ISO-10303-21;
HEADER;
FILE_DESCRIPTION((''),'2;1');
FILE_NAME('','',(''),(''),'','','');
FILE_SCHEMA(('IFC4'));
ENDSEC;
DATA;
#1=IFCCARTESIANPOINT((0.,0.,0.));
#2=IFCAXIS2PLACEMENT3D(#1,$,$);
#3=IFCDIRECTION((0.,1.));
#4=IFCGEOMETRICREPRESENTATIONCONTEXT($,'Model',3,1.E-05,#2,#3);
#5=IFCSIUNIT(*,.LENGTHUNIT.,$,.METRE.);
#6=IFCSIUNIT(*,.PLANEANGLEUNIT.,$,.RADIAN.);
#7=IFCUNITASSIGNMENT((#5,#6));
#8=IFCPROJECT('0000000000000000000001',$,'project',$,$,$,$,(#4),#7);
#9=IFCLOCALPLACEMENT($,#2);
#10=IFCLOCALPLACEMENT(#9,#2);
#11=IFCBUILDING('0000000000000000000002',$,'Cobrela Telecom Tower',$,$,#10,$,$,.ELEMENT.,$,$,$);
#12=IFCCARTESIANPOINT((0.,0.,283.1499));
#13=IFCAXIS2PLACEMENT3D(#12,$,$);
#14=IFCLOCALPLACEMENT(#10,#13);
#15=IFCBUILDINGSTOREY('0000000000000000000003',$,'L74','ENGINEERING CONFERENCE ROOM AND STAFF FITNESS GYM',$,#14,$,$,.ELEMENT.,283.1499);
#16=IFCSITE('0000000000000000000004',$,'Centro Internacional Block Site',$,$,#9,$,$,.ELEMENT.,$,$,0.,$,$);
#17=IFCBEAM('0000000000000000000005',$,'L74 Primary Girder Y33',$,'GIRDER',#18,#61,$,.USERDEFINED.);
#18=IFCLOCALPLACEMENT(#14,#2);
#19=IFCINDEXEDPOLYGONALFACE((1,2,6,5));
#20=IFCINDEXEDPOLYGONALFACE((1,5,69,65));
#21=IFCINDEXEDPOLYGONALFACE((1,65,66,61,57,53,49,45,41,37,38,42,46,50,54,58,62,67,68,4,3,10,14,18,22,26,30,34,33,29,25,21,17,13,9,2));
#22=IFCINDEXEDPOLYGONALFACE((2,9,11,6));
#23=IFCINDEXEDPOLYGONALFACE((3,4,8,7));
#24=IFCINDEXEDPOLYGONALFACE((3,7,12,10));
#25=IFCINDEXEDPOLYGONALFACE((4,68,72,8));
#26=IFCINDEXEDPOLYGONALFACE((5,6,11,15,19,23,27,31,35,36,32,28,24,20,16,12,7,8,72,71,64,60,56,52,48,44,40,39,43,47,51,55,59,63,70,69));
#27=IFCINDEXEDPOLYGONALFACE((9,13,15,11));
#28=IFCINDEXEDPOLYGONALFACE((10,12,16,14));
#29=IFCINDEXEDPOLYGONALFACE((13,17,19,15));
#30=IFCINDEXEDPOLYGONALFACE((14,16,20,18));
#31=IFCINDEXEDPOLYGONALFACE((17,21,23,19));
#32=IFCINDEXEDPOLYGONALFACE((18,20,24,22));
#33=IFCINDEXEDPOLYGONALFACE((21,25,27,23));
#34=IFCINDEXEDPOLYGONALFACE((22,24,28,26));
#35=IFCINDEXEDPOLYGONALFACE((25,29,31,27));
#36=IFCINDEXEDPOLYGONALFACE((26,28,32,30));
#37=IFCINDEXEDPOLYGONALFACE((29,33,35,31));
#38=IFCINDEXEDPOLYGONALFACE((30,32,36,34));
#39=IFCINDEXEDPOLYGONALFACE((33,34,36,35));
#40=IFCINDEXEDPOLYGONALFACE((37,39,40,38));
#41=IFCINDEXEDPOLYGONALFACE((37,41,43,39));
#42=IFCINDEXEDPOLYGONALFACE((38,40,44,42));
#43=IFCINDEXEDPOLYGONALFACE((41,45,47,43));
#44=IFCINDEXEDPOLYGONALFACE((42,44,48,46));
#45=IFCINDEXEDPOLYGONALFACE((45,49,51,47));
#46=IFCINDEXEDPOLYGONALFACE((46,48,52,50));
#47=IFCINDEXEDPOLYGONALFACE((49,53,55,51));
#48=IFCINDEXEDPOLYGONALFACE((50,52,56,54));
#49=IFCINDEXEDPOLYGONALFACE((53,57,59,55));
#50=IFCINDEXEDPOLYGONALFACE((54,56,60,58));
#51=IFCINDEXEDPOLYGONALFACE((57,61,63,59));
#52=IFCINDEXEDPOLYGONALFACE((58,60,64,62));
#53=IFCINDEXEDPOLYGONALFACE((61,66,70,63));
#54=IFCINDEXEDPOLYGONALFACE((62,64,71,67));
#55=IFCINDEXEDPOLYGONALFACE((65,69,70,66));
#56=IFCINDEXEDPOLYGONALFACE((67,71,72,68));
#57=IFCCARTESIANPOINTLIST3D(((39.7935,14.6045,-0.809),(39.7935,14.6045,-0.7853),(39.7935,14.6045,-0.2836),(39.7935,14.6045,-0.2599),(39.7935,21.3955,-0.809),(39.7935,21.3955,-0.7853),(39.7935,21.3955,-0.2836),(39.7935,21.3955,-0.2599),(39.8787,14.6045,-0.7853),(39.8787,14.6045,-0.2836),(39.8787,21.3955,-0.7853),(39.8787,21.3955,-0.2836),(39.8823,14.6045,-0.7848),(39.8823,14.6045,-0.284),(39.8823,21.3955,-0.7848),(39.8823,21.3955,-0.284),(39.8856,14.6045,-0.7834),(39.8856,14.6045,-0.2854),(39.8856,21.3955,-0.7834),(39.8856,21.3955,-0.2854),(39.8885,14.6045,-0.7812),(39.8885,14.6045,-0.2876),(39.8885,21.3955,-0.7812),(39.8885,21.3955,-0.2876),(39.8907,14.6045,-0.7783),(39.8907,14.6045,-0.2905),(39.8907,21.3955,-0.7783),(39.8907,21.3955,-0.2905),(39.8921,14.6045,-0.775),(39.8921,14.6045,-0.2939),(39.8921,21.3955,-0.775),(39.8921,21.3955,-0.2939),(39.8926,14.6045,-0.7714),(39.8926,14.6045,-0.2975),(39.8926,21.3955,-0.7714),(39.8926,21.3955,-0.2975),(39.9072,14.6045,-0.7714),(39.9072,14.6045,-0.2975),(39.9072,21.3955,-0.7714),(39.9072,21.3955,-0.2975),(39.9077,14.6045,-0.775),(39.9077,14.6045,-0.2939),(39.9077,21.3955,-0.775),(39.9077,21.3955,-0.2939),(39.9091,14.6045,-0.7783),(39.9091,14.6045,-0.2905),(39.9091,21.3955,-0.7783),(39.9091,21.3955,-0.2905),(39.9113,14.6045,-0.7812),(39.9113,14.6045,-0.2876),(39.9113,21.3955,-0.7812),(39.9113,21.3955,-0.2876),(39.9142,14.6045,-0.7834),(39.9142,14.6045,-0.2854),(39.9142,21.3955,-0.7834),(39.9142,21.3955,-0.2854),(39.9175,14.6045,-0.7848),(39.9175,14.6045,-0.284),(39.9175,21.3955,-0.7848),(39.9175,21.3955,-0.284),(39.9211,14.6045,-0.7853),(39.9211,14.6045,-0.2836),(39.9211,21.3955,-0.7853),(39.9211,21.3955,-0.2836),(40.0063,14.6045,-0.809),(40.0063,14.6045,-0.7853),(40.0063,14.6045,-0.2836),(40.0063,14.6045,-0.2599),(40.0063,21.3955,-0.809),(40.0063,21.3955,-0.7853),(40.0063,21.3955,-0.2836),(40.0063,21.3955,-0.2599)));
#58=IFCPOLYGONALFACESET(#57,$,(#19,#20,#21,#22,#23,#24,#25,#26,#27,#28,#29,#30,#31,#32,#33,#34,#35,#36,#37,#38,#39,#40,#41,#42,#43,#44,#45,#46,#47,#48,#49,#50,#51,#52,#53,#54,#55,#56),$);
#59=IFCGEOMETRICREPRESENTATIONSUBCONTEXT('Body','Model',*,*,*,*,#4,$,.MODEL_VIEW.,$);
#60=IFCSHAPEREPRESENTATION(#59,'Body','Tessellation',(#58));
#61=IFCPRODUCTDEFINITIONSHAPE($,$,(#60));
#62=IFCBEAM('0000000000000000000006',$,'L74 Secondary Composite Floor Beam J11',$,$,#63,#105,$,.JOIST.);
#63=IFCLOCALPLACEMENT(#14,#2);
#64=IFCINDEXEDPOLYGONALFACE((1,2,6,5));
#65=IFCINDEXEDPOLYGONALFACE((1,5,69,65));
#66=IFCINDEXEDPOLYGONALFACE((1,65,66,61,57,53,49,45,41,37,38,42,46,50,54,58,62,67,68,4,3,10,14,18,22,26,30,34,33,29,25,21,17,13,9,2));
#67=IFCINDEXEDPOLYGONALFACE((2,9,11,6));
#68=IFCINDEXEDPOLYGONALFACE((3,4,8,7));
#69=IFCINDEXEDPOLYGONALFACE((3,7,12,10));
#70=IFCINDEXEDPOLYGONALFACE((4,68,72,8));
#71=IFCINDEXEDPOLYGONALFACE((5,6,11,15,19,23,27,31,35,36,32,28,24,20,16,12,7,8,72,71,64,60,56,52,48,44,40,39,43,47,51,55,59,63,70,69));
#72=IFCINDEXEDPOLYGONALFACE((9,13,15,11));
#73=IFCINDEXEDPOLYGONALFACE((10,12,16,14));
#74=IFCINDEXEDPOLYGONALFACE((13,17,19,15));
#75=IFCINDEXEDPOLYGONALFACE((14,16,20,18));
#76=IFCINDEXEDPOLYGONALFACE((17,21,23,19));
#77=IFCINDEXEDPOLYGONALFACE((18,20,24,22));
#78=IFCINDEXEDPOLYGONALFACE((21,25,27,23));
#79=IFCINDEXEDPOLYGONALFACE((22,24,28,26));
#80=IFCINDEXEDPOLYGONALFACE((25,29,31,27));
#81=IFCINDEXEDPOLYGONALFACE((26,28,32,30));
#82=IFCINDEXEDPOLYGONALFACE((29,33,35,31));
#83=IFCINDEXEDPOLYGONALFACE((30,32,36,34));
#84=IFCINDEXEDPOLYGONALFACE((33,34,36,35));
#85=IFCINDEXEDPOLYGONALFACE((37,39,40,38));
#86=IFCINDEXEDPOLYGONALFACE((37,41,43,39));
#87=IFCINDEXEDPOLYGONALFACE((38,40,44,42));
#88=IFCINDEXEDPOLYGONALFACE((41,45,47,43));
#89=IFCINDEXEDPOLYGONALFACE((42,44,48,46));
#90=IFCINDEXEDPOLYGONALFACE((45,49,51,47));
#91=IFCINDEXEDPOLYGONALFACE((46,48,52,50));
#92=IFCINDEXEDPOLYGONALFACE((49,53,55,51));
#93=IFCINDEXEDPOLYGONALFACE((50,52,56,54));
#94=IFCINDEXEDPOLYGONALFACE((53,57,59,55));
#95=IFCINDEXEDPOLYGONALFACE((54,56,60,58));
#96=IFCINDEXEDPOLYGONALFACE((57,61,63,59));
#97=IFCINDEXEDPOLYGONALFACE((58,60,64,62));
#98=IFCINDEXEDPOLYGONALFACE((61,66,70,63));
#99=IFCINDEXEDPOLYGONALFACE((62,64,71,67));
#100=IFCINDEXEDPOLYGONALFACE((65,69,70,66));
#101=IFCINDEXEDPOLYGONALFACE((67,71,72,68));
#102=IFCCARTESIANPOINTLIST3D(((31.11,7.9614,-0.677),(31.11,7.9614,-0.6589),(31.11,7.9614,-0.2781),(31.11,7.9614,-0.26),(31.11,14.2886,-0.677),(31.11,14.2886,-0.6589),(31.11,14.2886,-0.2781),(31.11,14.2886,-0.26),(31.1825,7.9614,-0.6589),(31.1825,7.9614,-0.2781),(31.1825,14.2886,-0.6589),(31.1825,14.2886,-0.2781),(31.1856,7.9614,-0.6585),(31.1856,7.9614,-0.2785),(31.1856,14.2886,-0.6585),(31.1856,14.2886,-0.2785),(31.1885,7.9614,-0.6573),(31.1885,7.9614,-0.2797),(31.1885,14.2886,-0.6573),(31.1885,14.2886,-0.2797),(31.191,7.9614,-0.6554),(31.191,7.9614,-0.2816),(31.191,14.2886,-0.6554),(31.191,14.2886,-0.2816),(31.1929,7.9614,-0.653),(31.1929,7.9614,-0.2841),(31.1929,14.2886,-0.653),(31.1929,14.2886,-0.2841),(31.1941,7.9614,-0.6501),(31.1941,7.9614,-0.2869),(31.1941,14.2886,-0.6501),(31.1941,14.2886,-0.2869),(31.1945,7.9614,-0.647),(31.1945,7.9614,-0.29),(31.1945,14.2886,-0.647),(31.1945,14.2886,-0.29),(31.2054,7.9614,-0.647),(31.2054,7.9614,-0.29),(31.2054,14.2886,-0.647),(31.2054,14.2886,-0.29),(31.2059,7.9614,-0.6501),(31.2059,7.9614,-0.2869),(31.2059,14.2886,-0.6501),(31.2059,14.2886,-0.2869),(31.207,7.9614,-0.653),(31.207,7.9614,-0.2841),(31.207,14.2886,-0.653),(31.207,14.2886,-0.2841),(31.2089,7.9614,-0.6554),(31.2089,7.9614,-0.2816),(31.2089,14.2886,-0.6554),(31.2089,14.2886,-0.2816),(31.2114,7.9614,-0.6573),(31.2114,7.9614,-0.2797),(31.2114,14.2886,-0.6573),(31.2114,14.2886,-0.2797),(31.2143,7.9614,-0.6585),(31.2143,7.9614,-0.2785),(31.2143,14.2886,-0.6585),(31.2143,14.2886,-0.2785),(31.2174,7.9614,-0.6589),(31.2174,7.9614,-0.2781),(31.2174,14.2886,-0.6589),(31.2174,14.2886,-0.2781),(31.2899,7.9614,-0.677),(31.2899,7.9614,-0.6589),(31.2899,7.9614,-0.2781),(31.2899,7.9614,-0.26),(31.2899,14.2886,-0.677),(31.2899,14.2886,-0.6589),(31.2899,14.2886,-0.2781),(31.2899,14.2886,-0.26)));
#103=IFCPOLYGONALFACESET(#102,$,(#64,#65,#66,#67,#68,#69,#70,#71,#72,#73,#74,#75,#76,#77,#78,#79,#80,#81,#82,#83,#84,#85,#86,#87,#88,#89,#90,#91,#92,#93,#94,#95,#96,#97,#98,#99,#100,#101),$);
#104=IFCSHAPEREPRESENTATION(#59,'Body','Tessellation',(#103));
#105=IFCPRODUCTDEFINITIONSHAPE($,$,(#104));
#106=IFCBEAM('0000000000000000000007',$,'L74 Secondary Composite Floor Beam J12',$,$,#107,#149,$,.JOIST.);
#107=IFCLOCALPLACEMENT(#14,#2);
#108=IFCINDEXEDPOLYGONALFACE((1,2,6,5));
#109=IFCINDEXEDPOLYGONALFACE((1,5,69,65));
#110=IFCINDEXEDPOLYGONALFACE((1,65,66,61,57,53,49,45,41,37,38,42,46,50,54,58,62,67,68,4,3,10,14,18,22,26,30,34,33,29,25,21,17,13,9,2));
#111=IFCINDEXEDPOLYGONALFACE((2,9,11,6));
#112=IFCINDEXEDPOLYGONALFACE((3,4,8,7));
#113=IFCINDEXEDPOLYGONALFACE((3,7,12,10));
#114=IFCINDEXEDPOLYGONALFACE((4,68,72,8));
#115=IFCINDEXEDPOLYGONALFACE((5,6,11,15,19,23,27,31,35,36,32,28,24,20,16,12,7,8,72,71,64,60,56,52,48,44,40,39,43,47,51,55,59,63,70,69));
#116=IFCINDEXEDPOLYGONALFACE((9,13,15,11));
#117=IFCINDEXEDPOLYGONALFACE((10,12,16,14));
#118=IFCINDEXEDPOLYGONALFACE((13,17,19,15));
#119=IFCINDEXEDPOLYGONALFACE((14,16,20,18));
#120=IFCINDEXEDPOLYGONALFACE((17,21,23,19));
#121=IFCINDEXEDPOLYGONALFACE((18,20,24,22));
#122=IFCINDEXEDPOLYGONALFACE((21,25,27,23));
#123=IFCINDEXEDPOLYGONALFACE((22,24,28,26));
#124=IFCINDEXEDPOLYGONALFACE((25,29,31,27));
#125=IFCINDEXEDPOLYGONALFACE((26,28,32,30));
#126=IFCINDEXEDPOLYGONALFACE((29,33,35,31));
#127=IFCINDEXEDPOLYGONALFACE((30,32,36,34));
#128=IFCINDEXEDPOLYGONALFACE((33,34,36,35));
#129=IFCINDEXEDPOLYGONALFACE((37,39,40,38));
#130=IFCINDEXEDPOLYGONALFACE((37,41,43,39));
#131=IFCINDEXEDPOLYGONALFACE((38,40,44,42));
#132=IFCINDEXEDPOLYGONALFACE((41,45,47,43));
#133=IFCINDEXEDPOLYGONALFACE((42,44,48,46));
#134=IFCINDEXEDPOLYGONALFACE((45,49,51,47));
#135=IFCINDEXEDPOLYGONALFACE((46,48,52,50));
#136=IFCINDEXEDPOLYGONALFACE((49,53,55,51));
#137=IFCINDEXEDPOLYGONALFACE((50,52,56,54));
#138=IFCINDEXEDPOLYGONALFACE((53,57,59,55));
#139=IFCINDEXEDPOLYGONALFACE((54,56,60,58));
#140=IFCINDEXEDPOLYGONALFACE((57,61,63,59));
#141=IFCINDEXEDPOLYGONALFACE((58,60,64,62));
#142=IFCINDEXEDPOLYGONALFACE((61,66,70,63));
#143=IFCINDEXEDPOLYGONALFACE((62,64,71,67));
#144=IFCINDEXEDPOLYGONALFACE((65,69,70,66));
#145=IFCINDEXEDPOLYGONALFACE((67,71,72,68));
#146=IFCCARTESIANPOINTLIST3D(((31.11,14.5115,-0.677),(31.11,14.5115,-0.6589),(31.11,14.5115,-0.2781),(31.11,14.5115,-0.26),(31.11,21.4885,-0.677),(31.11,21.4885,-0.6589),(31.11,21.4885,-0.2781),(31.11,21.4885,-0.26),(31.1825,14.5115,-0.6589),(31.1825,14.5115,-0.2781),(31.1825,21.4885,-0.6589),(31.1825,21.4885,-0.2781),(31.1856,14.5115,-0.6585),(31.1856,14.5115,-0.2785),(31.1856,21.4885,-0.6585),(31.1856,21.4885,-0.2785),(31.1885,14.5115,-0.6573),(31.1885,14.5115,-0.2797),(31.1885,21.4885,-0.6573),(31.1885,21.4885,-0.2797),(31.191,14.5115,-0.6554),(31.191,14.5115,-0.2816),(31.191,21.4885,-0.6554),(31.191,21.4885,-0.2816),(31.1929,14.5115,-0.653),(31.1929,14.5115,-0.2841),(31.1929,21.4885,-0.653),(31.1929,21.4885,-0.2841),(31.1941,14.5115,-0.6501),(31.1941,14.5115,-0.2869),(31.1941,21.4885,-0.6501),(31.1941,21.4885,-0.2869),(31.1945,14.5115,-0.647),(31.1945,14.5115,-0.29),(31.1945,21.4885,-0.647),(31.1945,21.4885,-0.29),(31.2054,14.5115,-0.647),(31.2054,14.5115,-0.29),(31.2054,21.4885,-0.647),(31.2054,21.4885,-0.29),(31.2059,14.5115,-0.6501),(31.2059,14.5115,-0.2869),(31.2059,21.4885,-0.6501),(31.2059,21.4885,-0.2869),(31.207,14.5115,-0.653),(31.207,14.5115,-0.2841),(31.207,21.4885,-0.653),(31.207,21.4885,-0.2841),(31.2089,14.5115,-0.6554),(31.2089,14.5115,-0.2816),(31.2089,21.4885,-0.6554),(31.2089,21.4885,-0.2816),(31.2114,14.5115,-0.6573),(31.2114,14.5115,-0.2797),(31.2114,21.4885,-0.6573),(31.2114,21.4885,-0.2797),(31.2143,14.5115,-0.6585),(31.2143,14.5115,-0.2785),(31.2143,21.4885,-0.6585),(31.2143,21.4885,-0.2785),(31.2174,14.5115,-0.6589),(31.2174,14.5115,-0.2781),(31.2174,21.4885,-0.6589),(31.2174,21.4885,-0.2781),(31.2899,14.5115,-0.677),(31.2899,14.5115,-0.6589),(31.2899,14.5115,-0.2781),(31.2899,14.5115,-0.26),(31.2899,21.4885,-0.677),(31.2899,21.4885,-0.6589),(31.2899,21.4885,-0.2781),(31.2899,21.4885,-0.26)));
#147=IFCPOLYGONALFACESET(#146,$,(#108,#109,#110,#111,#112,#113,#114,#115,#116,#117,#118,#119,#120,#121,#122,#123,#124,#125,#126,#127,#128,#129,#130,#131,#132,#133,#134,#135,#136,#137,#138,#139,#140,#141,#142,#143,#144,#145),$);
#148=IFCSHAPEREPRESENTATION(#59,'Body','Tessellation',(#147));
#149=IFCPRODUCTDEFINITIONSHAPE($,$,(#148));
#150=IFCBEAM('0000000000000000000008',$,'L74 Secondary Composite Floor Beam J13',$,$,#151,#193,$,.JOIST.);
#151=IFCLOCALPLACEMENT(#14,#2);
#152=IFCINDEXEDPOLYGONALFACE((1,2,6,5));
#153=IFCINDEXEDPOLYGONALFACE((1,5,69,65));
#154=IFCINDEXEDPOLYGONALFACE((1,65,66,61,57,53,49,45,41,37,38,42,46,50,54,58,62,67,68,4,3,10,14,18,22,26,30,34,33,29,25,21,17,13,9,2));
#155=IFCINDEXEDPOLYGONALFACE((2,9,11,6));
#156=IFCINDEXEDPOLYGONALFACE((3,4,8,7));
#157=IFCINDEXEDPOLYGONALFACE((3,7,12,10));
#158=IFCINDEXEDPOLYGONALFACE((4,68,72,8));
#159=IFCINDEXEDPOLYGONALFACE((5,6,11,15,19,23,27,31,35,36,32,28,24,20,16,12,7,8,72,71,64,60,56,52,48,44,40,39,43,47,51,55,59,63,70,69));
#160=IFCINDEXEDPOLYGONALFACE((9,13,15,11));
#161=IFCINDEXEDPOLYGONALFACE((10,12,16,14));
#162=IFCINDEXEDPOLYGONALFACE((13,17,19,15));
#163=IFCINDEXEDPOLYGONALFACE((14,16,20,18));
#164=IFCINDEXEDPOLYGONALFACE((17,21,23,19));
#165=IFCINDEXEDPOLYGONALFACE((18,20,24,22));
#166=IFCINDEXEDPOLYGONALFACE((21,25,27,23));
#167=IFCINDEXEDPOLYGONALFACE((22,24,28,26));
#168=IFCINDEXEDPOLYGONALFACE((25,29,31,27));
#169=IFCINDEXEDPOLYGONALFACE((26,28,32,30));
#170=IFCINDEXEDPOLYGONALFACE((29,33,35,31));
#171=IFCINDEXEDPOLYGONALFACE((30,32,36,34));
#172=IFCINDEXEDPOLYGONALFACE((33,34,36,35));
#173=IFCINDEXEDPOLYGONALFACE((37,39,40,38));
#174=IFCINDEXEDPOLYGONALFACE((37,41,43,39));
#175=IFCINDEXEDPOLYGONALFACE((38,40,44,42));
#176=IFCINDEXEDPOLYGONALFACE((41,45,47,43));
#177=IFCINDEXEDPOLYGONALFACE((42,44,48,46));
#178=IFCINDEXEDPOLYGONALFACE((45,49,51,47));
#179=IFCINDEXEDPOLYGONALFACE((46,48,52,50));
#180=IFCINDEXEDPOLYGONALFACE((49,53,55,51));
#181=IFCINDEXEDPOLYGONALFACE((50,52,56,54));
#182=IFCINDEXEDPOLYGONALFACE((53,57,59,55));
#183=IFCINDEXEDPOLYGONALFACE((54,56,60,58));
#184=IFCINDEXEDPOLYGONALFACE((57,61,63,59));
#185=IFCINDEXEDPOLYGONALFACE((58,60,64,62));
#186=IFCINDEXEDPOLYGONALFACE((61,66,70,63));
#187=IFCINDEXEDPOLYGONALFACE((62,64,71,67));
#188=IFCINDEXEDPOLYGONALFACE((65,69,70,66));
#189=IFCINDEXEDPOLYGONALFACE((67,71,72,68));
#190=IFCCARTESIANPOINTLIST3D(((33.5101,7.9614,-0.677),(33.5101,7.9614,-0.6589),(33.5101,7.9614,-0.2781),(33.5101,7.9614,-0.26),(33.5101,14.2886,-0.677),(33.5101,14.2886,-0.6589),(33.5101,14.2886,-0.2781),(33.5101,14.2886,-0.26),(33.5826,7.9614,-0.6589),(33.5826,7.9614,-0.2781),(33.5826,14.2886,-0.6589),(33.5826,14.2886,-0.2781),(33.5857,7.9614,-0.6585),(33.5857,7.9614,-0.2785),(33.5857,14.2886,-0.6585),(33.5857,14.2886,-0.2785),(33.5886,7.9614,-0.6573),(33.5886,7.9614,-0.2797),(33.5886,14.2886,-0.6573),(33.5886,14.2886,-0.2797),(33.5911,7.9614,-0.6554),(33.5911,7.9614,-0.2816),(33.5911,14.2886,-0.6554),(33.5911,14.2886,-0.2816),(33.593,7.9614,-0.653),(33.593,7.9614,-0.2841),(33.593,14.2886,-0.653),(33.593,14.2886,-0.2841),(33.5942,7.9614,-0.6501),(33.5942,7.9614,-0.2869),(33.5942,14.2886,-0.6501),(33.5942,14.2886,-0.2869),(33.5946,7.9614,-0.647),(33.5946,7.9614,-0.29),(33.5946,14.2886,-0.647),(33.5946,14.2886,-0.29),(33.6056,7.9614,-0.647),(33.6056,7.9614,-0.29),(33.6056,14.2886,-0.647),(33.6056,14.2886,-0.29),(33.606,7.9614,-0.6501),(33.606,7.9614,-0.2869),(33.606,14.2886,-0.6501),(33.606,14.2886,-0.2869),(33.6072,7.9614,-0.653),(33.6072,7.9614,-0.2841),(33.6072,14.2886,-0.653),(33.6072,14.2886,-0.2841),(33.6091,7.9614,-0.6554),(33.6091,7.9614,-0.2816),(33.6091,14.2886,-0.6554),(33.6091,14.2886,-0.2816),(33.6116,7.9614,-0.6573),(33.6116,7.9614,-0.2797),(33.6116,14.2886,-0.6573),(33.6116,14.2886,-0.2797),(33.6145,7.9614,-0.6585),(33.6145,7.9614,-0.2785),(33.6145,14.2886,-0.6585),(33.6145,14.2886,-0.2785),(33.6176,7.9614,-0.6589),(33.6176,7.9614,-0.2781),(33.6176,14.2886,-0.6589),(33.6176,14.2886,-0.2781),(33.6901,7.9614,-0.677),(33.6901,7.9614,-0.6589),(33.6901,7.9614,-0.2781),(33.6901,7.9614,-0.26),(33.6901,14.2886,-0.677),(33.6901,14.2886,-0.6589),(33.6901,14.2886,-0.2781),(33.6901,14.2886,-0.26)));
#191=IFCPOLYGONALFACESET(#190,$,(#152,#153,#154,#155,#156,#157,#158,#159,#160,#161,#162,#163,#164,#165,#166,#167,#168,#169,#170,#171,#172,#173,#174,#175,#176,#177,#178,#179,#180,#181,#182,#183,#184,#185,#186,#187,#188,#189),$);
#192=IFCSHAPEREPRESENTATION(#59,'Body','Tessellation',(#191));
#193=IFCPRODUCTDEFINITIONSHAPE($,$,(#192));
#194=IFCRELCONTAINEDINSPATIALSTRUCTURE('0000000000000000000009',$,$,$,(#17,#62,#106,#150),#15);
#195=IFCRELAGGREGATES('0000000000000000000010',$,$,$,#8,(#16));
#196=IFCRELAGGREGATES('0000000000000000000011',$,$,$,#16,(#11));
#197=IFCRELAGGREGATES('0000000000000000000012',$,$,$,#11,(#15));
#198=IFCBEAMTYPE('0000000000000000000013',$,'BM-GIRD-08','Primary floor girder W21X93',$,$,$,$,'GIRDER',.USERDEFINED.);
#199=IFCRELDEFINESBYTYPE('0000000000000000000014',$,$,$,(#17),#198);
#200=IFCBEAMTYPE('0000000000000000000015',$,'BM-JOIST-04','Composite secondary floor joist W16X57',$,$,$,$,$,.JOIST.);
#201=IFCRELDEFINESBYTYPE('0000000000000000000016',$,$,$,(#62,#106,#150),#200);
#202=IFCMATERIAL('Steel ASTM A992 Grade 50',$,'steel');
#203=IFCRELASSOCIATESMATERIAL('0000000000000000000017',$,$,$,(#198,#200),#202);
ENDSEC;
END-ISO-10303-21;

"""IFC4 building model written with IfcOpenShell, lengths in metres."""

from ifc_helpers import new_model, si_unit, direction, frame, origin, origin_2d, place, context, subcontext, project, spatial, i_section, extrude, material, material_profile, profile_set, type_object, element, save


model = new_model("IFC4")

# Units and contexts
model_context = context("Model", 3, precision=1e-05, world=origin(), true_north=direction((0.0, 1.0)))
body_context = subcontext(model_context, "Body", "Model", "MODEL_VIEW")
ifc_project = project(units=[si_unit("LENGTHUNIT", "METRE"), si_unit("PLANEANGLEUNIT", "RADIAN")], contexts=[model_context])

# Site, building, storey
site_placement = place(None, origin())
site = spatial("IfcSite", under=ifc_project, at=site_placement, Name="Centro Internacional Block Site", CompositionType="ELEMENT", RefElevation=0.0)
building_placement = place(site_placement, origin())
building = spatial("IfcBuilding", under=site, at=building_placement, Name="Cobrela Telecom Tower", CompositionType="ELEMENT")
storey_placement = place(building_placement, frame((0.0, 0.0, 283.1499)))
storey = spatial("IfcBuildingStorey", under=building, at=storey_placement, Name="L74", Description="ENGINEERING CONFERENCE ROOM AND STAFF FITNESS GYM", CompositionType="ELEMENT", Elevation=283.1499)

# Shared definitions
ifc_material_1 = material(Name="Steel ASTM A992 Grade 50", Category="steel")

# Beams
ifc_material_profile_1 = material_profile(ifc_material_1, i_section(OverallWidth=0.2129, OverallDepth=0.5491, WebThickness=0.0146, FlangeThickness=0.0237, FilletRadius=0.0139, at=origin_2d()), Name="W21X93")
ifc_profile_set_1 = profile_set([ifc_material_profile_1], Name="Steel ASTM A992 Grade 50")
beam_type_1 = type_object("IfcBeamType", Name="BM-GIRD-08", Description="Primary floor girder W21X93", ElementType="GIRDER", PredefinedType="USERDEFINED", material=ifc_profile_set_1)
for number, where, z_axis, x_axis, name in (
    (1, (39.8999, 14.6045, -0.5344), (0.0, 1.0, 0.0), (-1.0, 0.0, 0.0), "L74 Primary Girder Y33"),
):
    element("IfcBeam", number, at=place(storey_placement, frame(where, z_axis=z_axis, x_axis=x_axis)), inside=storey, type_object=beam_type_1, Name=name, ObjectType="GIRDER", PredefinedType="USERDEFINED", context=body_context, shape_type="SweptSolid", body=[
        extrude(i_section(OverallWidth=0.2129, OverallDepth=0.5491, WebThickness=0.0146, FlangeThickness=0.0237, FilletRadius=0.0139, at=origin_2d()), origin(), (0.0, 0.0, 1.0), 6.791),
    ])
ifc_material_profile_2 = material_profile(ifc_material_1, i_section(OverallWidth=0.1799, OverallDepth=0.417, WebThickness=0.011, FlangeThickness=0.0181, FilletRadius=0.012, at=origin_2d()), Name="W16X57")
ifc_profile_set_2 = profile_set([ifc_material_profile_2], Name="Steel ASTM A992 Grade 50")
beam_type_2 = type_object("IfcBeamType", Name="BM-JOIST-04", Description="Composite secondary floor joist W16X57", PredefinedType="JOIST", material=ifc_profile_set_2)
beam_1_placement = place(storey_placement, frame((31.2, 7.9614, -0.4685), z_axis=(0.0, 1.0, 0.0), x_axis=(-1.0, 0.0, 0.0)))
element("IfcBeam", 2, at=beam_1_placement, inside=storey, type_object=beam_type_2, Name="L74 Secondary Composite Floor Beam J11", PredefinedType="JOIST", context=body_context, shape_type="SweptSolid", body=[
    extrude(i_section(OverallWidth=0.1799, OverallDepth=0.417, WebThickness=0.011, FlangeThickness=0.0181, FilletRadius=0.012, at=origin_2d()), origin(), (0.0, 0.0, 1.0), 6.3271),
])
beam_2_placement = place(storey_placement, frame((31.2, 14.5115, -0.4685), z_axis=(0.0, 1.0, 0.0), x_axis=(-1.0, 0.0, 0.0)))
element("IfcBeam", 3, at=beam_2_placement, inside=storey, type_object=beam_type_2, Name="L74 Secondary Composite Floor Beam J12", PredefinedType="JOIST", context=body_context, shape_type="SweptSolid", body=[
    extrude(i_section(OverallWidth=0.1799, OverallDepth=0.417, WebThickness=0.011, FlangeThickness=0.0181, FilletRadius=0.012, at=origin_2d()), origin(), (0.0, 0.0, 1.0), 6.9771),
])
beam_3_placement = place(storey_placement, frame((33.6001, 7.9614, -0.4685), z_axis=(0.0, 1.0, 0.0), x_axis=(-1.0, 0.0, 0.0)))
element("IfcBeam", 4, at=beam_3_placement, inside=storey, type_object=beam_type_2, Name="L74 Secondary Composite Floor Beam J13", PredefinedType="JOIST", context=body_context, shape_type="SweptSolid", body=[
    extrude(i_section(OverallWidth=0.1799, OverallDepth=0.417, WebThickness=0.011, FlangeThickness=0.0181, FilletRadius=0.012, at=origin_2d()), origin(), (0.0, 0.0, 1.0), 6.3271),
])

save(model, "model.ifc")
